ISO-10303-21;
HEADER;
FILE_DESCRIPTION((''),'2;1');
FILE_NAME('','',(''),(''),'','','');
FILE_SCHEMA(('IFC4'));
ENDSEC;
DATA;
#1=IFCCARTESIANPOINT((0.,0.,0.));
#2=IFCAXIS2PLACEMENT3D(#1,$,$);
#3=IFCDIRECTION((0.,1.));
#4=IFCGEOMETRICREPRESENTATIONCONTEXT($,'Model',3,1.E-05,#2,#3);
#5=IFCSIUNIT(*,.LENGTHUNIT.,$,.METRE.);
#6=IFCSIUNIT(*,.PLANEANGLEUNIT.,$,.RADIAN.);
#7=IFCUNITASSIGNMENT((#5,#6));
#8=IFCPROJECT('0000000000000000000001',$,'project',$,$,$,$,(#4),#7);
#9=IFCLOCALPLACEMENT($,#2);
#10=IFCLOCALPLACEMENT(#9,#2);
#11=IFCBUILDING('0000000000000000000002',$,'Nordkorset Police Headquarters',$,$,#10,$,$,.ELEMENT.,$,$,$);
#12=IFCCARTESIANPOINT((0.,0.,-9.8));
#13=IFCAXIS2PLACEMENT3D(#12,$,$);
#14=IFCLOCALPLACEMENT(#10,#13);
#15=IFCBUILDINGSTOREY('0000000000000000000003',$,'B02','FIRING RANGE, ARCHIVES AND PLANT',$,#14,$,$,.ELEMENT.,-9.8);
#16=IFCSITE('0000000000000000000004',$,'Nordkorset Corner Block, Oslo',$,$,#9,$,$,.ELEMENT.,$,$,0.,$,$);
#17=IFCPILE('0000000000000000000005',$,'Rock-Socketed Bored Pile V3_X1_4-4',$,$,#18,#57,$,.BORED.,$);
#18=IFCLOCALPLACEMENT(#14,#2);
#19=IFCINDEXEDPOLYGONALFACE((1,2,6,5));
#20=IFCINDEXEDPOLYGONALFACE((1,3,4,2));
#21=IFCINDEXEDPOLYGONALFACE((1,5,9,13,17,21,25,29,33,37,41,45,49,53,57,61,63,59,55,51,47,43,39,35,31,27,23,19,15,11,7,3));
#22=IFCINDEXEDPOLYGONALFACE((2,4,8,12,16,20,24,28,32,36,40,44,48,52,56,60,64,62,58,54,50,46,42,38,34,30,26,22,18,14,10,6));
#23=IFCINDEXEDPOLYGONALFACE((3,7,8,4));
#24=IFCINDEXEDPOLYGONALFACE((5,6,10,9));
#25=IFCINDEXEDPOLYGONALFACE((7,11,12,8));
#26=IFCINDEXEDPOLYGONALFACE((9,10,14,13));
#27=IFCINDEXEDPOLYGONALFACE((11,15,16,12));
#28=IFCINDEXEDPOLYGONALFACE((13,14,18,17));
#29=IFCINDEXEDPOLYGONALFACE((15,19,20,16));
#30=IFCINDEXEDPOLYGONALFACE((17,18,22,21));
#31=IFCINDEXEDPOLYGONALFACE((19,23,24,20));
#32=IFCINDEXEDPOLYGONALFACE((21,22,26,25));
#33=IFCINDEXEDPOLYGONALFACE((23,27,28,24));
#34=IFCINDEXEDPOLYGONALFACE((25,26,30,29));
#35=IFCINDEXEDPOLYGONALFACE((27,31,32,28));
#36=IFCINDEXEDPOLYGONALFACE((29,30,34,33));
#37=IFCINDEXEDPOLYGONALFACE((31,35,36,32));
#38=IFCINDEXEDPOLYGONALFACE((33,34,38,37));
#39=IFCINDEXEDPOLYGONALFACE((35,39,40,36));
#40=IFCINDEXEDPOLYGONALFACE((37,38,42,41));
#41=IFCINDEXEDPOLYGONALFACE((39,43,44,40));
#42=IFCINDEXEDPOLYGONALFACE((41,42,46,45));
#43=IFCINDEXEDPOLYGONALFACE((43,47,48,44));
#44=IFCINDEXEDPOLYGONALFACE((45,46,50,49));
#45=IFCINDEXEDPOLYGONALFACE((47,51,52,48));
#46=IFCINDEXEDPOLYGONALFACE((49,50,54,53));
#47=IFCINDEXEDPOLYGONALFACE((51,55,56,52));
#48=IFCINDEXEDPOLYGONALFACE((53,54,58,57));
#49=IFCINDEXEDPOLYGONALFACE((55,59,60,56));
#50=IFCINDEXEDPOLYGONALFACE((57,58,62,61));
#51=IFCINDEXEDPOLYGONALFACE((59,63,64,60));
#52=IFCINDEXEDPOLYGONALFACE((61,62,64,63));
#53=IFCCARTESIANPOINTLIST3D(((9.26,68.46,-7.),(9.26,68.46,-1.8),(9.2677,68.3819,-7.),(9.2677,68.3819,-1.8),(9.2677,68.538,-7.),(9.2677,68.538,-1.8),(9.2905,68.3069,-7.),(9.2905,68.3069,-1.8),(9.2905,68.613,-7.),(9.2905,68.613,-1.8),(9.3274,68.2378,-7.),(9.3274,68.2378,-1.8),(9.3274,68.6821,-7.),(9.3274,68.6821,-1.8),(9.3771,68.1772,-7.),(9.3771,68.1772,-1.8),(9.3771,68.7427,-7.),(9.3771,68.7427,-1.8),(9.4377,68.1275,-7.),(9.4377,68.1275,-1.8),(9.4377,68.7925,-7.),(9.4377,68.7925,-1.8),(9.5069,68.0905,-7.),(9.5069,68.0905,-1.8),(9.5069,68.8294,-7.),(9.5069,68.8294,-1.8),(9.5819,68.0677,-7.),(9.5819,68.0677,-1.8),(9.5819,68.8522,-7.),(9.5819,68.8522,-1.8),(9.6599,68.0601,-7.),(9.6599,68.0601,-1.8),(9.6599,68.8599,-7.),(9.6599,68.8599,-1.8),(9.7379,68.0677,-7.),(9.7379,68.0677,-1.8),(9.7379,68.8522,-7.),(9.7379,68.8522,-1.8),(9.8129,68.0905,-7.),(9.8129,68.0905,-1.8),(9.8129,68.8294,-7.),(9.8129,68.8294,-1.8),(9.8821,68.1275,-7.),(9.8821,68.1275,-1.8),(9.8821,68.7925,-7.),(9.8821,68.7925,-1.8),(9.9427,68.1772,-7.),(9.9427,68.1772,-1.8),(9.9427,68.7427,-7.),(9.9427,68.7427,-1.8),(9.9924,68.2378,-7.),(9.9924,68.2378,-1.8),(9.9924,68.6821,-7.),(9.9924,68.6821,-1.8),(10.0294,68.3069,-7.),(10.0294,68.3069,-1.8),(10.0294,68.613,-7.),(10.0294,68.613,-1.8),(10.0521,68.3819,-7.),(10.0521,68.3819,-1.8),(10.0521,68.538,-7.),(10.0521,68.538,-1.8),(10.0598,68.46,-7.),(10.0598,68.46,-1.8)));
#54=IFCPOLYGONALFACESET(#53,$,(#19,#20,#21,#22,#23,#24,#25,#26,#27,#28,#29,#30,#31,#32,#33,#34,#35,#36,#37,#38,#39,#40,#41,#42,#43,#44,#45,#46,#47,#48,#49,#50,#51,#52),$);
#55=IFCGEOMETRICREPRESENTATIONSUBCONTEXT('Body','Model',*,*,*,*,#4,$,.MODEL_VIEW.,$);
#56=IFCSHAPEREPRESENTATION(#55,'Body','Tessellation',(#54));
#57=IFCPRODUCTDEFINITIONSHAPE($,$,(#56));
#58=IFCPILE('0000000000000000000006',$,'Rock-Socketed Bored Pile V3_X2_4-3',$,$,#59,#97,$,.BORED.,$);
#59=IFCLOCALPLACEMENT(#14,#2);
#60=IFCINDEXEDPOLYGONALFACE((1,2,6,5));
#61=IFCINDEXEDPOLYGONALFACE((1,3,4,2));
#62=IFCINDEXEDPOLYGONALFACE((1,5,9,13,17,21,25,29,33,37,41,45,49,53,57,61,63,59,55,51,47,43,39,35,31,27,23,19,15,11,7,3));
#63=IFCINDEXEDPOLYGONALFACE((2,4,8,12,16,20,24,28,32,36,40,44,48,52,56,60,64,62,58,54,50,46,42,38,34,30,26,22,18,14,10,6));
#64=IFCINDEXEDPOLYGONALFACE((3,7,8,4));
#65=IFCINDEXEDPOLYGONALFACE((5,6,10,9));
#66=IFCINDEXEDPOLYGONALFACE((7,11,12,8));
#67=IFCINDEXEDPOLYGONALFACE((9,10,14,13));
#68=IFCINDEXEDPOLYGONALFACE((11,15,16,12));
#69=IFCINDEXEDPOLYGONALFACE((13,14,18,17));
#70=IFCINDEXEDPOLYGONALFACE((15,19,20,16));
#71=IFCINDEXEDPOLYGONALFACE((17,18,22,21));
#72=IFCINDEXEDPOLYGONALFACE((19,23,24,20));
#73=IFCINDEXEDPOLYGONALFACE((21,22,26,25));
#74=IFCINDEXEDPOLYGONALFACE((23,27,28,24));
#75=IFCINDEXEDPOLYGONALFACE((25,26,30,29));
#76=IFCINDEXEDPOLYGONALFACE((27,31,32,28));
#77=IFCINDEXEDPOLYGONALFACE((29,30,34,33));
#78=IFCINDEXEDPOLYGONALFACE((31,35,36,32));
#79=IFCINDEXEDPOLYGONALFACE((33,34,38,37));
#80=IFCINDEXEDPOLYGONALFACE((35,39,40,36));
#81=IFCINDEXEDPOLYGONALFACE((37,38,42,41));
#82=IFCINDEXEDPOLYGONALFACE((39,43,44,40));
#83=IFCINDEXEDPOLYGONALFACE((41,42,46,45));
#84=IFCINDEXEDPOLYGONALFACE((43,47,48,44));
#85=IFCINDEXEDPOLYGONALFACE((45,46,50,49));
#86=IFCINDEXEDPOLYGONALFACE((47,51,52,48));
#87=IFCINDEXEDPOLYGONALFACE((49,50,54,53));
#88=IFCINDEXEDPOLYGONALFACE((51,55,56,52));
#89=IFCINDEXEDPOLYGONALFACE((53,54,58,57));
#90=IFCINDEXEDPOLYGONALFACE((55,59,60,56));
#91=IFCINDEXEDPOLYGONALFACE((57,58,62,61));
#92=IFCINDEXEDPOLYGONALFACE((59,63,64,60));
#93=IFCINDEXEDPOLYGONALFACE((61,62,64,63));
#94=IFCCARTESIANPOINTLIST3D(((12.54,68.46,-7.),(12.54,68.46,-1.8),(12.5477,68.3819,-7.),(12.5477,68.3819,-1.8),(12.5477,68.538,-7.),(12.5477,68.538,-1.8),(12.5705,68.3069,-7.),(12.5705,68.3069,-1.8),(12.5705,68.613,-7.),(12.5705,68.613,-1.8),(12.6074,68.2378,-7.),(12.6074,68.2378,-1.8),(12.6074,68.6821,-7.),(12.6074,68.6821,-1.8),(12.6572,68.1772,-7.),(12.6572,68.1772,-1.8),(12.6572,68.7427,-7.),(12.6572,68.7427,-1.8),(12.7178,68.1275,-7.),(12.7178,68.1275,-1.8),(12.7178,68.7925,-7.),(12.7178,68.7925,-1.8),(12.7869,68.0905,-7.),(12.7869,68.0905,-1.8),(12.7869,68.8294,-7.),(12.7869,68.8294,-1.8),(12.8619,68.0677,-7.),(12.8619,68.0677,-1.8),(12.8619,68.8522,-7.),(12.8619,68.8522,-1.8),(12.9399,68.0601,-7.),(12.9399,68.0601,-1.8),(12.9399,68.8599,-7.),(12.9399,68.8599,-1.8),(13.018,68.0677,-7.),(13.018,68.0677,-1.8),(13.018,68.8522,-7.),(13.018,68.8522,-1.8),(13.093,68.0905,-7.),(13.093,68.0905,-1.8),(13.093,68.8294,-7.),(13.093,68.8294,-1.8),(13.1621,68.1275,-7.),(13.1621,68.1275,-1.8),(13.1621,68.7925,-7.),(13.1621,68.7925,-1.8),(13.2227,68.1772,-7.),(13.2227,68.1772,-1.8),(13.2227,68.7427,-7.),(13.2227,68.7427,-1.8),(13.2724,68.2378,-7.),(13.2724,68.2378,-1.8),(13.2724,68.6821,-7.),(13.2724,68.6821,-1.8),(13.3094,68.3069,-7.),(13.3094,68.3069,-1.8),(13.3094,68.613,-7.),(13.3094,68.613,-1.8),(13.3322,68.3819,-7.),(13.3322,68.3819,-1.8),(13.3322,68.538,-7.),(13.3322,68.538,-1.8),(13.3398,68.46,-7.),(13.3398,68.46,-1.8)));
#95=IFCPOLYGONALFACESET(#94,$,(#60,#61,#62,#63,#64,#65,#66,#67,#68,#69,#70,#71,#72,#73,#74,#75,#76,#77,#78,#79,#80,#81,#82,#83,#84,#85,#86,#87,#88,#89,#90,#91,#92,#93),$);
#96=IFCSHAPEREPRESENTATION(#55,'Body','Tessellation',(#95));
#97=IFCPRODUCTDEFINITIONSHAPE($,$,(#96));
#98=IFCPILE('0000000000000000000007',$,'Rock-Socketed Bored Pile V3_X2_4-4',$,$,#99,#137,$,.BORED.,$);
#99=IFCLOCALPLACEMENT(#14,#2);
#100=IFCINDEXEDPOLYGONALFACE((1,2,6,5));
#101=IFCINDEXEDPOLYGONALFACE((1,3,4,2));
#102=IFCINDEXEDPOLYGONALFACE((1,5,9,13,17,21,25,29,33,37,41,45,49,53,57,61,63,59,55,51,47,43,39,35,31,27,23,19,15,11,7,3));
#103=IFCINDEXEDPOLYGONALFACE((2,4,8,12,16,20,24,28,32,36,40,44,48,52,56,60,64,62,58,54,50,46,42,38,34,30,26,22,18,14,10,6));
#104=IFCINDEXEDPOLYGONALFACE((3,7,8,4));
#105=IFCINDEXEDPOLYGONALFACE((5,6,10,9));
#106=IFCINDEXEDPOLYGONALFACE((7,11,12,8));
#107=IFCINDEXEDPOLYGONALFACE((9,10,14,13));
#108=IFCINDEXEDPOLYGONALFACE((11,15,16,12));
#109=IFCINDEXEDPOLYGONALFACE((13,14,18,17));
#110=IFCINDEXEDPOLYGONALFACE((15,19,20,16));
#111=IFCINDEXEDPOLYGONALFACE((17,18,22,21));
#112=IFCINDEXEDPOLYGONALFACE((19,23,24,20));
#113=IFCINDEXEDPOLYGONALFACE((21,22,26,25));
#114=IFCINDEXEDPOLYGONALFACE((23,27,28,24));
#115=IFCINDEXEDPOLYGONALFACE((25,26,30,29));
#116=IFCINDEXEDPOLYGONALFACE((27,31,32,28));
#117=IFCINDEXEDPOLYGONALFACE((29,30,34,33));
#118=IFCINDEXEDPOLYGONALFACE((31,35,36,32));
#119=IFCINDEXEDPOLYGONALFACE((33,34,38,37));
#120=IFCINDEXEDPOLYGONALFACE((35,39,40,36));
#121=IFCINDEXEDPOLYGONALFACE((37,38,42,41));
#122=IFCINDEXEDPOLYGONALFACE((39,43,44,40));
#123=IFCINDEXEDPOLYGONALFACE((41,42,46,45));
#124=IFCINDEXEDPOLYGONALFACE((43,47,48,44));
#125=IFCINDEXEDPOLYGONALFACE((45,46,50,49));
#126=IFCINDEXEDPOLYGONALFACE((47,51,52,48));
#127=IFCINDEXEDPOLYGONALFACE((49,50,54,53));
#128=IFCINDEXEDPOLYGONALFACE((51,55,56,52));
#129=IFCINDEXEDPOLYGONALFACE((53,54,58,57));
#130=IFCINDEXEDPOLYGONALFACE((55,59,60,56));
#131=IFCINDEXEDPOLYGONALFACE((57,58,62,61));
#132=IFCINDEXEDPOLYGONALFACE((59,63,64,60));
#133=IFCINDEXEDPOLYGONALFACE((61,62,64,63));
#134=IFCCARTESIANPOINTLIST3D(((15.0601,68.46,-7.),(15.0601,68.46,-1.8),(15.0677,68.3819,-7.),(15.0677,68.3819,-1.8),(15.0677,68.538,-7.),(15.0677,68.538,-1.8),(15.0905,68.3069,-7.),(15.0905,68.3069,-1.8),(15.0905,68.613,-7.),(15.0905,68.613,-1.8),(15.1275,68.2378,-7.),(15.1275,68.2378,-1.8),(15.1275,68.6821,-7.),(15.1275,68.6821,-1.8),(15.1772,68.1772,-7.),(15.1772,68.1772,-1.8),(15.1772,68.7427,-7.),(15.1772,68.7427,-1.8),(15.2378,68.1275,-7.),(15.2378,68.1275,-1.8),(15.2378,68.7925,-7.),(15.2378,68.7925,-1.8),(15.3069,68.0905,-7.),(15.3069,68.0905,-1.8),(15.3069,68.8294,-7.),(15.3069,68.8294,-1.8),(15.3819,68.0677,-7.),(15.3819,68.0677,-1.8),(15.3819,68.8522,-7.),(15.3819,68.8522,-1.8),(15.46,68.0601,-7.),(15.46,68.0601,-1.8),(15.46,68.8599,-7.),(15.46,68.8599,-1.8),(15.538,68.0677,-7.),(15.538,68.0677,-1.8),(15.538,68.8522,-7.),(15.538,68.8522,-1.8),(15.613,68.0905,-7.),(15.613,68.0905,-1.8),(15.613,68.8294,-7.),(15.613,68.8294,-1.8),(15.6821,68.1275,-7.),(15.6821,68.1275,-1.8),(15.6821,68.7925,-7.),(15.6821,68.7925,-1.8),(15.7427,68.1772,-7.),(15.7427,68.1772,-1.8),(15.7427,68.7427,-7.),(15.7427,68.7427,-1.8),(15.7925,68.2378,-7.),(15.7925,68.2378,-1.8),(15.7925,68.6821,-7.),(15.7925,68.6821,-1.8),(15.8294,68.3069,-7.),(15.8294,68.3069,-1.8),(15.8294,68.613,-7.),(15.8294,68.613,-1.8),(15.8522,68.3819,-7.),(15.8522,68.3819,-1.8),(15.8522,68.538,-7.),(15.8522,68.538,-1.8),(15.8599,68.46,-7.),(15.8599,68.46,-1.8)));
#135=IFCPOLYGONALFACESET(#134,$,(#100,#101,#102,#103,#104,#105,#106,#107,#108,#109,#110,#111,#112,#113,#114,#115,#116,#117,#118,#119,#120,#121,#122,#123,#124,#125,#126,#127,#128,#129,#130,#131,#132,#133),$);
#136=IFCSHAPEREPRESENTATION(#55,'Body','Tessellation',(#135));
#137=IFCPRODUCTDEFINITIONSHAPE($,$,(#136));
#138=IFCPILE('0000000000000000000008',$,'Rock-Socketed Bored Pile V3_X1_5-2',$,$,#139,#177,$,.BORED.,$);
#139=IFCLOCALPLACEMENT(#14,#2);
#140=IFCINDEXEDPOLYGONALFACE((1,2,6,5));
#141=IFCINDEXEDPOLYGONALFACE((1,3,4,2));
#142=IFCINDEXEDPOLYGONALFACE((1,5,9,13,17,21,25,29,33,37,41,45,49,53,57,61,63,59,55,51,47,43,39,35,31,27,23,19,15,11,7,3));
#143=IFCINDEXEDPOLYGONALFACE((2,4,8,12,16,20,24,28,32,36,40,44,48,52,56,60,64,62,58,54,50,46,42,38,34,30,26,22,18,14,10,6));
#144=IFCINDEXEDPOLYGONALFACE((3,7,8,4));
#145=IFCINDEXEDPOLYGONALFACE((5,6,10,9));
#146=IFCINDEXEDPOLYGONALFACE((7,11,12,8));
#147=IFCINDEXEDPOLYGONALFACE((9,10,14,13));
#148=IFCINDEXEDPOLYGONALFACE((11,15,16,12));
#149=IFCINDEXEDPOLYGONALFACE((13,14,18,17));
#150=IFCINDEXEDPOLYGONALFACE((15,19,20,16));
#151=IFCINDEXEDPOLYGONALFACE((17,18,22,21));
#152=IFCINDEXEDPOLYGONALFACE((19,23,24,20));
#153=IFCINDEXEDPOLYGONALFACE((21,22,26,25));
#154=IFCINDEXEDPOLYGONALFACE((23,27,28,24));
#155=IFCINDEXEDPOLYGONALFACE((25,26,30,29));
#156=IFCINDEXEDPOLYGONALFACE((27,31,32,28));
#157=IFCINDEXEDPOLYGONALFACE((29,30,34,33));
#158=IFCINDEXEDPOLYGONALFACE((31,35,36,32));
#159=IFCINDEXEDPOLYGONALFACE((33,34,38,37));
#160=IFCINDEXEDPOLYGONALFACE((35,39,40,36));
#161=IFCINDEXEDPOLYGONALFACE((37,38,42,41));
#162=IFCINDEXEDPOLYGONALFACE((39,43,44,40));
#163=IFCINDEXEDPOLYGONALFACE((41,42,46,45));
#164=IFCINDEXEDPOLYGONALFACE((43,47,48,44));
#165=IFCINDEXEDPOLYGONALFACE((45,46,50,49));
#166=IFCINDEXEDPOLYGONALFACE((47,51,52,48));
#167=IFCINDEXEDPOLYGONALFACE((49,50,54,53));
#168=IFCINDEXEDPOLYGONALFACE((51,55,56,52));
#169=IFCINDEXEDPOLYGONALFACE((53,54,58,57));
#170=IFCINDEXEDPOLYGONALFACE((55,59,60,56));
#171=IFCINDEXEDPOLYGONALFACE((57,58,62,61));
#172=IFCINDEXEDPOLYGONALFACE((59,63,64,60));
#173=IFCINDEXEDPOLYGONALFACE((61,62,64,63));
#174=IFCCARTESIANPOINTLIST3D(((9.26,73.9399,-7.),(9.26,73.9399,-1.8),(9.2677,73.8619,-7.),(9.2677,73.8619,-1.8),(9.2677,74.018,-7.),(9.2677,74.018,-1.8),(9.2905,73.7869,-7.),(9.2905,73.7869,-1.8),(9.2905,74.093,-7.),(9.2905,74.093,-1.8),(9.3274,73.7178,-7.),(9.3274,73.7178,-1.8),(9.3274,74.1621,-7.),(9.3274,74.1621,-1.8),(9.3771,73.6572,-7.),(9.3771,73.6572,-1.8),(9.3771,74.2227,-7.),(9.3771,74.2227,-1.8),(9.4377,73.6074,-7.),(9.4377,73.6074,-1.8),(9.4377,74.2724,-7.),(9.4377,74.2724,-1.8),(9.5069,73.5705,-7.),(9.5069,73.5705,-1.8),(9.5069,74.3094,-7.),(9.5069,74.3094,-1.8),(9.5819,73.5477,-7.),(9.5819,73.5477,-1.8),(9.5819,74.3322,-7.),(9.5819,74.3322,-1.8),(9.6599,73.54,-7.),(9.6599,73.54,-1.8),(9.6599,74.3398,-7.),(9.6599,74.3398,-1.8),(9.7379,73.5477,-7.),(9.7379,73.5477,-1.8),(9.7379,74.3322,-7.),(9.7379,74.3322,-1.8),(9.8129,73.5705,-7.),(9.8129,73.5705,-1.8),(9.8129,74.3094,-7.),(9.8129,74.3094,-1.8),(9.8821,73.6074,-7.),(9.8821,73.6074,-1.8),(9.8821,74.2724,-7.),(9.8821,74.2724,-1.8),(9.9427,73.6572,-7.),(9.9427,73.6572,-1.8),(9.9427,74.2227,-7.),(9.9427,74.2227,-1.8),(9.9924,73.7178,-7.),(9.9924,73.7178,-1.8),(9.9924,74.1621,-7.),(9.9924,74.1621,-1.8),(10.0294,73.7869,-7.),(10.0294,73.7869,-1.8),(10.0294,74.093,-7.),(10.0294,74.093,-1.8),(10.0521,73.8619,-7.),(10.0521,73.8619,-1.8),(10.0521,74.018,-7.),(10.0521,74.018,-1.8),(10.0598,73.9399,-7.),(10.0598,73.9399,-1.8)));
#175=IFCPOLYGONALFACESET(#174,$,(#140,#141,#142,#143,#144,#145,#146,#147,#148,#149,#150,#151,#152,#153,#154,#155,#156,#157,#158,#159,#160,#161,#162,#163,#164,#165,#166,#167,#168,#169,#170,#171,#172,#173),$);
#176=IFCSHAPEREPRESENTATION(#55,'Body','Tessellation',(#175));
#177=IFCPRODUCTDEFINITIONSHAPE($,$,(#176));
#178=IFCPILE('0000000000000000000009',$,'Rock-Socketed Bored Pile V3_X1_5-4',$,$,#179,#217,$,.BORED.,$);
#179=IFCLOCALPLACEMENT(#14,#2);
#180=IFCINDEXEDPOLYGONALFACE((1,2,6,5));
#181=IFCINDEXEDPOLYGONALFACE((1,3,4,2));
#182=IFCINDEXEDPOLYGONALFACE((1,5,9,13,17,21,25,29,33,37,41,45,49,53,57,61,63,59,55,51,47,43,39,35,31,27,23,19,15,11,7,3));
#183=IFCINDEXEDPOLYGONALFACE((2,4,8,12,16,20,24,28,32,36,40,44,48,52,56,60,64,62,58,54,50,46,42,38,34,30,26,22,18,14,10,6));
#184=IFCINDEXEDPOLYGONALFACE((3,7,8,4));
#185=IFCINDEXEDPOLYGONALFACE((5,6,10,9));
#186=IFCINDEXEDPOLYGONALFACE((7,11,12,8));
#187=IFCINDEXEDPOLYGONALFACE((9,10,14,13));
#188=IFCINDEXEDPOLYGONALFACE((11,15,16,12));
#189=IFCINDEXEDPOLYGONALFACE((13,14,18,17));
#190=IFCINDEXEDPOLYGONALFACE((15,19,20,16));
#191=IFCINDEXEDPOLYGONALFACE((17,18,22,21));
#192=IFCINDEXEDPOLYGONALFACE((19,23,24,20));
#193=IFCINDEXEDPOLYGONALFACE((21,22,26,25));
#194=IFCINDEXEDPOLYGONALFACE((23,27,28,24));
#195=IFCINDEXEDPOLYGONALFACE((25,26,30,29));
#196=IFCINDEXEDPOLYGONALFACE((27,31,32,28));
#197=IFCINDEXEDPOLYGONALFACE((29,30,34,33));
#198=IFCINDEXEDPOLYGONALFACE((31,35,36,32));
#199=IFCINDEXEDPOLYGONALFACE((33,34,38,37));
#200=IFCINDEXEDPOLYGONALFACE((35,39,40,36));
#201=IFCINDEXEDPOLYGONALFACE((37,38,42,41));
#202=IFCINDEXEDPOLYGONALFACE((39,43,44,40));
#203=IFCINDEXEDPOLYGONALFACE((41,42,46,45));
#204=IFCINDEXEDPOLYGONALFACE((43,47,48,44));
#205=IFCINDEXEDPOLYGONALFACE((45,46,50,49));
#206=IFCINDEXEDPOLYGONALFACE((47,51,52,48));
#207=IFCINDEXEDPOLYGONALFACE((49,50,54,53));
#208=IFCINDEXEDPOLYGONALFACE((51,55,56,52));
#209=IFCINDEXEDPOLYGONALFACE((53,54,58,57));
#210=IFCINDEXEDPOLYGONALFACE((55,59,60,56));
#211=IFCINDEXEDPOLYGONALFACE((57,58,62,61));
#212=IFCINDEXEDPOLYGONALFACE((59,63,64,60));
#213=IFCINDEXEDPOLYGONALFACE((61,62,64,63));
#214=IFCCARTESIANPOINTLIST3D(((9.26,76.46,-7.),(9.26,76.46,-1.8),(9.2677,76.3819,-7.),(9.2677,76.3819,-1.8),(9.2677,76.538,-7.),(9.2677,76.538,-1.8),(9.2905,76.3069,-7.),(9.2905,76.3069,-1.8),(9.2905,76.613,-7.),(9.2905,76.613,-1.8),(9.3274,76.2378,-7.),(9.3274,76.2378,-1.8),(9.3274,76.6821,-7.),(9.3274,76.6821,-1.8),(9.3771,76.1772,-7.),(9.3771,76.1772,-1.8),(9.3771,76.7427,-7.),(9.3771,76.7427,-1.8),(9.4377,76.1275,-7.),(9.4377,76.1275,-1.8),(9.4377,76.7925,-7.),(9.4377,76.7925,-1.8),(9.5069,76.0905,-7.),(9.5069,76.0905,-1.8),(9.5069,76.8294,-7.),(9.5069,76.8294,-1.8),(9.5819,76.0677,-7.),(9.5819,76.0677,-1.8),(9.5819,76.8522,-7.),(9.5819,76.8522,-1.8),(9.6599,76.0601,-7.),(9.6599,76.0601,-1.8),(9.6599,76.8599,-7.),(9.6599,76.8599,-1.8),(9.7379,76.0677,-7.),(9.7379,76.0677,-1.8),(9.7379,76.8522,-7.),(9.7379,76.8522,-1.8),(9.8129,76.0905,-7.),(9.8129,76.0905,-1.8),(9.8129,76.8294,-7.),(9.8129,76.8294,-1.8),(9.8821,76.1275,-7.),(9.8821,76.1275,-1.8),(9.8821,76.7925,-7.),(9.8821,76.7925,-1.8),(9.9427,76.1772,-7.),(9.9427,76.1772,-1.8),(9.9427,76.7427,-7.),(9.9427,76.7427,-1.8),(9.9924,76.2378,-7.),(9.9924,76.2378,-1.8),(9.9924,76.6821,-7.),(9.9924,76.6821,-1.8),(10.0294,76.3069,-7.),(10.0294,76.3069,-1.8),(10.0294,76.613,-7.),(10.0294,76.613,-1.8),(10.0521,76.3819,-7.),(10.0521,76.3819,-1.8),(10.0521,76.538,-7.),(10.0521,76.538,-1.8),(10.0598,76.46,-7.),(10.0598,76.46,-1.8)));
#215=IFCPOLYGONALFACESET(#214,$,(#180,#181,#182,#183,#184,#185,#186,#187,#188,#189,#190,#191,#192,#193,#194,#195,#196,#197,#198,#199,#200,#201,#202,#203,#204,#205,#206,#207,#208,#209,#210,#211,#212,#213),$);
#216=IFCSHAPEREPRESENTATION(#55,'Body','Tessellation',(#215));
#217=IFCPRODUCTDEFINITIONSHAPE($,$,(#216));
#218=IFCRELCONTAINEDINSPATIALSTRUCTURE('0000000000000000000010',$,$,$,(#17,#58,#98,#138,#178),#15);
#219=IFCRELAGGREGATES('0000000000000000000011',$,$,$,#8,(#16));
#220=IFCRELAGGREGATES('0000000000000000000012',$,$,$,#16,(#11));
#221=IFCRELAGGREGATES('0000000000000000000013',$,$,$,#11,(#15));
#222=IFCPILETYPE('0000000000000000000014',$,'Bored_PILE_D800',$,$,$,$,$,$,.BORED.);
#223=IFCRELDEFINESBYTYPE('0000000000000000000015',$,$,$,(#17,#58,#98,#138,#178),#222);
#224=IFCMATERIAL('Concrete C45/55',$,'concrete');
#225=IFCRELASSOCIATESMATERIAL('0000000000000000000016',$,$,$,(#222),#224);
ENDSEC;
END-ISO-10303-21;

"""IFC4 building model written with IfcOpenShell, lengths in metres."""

from ifc_helpers import new_model, si_unit, direction, frame, origin, origin_2d, place, context, subcontext, project, spatial, circle, extrude, material, material_profile, profile_set, type_object, element, save


model = new_model("IFC4")

# Units and contexts
model_context = context("Model", 3, precision=1e-05, world=origin(), true_north=direction((0.0, 1.0)))
body_context = subcontext(model_context, "Body", "Model", "MODEL_VIEW")
ifc_project = project(units=[si_unit("LENGTHUNIT", "METRE"), si_unit("PLANEANGLEUNIT", "RADIAN")], contexts=[model_context])

# Site, building, storey
site_placement = place(None, origin())
site = spatial("IfcSite", under=ifc_project, at=site_placement, Name="Nordkorset Corner Block, Oslo", CompositionType="ELEMENT", RefElevation=0.0)
building_placement = place(site_placement, origin())
building = spatial("IfcBuilding", under=site, at=building_placement, Name="Nordkorset Police Headquarters", CompositionType="ELEMENT")
storey_placement = place(building_placement, frame((0.0, 0.0, -9.8)))
storey = spatial("IfcBuildingStorey", under=building, at=storey_placement, Name="B02", Description="FIRING RANGE, ARCHIVES AND PLANT", CompositionType="ELEMENT", Elevation=-9.8)

# Piles
ifc_material_1 = material(Name="Concrete C45/55", Category="concrete")
ifc_material_profile_1 = material_profile(ifc_material_1, circle(Radius=0.3999, at=origin_2d()), Name="PILE D800")
ifc_profile_set_1 = profile_set([ifc_material_profile_1], Name="Concrete C45/55")
pile_type_1 = type_object("IfcPileType", Name="Bored_PILE_D800", PredefinedType="BORED", material=ifc_profile_set_1)
for number, where, z_axis, x_axis, name in (
    (1, (9.6599, 68.46, -1.8), (0.0, 0.0, -1.0), (1.0, 0.0, 0.0), "Rock-Socketed Bored Pile V3_X1_4-4"),
    (2, (12.9399, 68.46, -1.8), (0.0, 0.0, -1.0), (1.0, 0.0, 0.0), "Rock-Socketed Bored Pile V3_X2_4-3"),
    (3, (15.46, 68.46, -1.8), (0.0, 0.0, -1.0), (1.0, 0.0, 0.0), "Rock-Socketed Bored Pile V3_X2_4-4"),
    (4, (9.6599, 73.9399, -1.8), (0.0, 0.0, -1.0), (1.0, 0.0, 0.0), "Rock-Socketed Bored Pile V3_X1_5-2"),
    (5, (9.6599, 76.46, -1.8), (0.0, 0.0, -1.0), (1.0, 0.0, 0.0), "Rock-Socketed Bored Pile V3_X1_5-4"),
):
    element("IfcPile", number, at=place(storey_placement, frame(where, z_axis=z_axis, x_axis=x_axis)), inside=storey, type_object=pile_type_1, Name=name, PredefinedType="BORED", context=body_context, shape_type="SweptSolid", body=[
        extrude(circle(Radius=0.3999, at=origin_2d()), origin(), (0.0, 0.0, 1.0), 5.2),
    ])

save(model, "model.ifc")
